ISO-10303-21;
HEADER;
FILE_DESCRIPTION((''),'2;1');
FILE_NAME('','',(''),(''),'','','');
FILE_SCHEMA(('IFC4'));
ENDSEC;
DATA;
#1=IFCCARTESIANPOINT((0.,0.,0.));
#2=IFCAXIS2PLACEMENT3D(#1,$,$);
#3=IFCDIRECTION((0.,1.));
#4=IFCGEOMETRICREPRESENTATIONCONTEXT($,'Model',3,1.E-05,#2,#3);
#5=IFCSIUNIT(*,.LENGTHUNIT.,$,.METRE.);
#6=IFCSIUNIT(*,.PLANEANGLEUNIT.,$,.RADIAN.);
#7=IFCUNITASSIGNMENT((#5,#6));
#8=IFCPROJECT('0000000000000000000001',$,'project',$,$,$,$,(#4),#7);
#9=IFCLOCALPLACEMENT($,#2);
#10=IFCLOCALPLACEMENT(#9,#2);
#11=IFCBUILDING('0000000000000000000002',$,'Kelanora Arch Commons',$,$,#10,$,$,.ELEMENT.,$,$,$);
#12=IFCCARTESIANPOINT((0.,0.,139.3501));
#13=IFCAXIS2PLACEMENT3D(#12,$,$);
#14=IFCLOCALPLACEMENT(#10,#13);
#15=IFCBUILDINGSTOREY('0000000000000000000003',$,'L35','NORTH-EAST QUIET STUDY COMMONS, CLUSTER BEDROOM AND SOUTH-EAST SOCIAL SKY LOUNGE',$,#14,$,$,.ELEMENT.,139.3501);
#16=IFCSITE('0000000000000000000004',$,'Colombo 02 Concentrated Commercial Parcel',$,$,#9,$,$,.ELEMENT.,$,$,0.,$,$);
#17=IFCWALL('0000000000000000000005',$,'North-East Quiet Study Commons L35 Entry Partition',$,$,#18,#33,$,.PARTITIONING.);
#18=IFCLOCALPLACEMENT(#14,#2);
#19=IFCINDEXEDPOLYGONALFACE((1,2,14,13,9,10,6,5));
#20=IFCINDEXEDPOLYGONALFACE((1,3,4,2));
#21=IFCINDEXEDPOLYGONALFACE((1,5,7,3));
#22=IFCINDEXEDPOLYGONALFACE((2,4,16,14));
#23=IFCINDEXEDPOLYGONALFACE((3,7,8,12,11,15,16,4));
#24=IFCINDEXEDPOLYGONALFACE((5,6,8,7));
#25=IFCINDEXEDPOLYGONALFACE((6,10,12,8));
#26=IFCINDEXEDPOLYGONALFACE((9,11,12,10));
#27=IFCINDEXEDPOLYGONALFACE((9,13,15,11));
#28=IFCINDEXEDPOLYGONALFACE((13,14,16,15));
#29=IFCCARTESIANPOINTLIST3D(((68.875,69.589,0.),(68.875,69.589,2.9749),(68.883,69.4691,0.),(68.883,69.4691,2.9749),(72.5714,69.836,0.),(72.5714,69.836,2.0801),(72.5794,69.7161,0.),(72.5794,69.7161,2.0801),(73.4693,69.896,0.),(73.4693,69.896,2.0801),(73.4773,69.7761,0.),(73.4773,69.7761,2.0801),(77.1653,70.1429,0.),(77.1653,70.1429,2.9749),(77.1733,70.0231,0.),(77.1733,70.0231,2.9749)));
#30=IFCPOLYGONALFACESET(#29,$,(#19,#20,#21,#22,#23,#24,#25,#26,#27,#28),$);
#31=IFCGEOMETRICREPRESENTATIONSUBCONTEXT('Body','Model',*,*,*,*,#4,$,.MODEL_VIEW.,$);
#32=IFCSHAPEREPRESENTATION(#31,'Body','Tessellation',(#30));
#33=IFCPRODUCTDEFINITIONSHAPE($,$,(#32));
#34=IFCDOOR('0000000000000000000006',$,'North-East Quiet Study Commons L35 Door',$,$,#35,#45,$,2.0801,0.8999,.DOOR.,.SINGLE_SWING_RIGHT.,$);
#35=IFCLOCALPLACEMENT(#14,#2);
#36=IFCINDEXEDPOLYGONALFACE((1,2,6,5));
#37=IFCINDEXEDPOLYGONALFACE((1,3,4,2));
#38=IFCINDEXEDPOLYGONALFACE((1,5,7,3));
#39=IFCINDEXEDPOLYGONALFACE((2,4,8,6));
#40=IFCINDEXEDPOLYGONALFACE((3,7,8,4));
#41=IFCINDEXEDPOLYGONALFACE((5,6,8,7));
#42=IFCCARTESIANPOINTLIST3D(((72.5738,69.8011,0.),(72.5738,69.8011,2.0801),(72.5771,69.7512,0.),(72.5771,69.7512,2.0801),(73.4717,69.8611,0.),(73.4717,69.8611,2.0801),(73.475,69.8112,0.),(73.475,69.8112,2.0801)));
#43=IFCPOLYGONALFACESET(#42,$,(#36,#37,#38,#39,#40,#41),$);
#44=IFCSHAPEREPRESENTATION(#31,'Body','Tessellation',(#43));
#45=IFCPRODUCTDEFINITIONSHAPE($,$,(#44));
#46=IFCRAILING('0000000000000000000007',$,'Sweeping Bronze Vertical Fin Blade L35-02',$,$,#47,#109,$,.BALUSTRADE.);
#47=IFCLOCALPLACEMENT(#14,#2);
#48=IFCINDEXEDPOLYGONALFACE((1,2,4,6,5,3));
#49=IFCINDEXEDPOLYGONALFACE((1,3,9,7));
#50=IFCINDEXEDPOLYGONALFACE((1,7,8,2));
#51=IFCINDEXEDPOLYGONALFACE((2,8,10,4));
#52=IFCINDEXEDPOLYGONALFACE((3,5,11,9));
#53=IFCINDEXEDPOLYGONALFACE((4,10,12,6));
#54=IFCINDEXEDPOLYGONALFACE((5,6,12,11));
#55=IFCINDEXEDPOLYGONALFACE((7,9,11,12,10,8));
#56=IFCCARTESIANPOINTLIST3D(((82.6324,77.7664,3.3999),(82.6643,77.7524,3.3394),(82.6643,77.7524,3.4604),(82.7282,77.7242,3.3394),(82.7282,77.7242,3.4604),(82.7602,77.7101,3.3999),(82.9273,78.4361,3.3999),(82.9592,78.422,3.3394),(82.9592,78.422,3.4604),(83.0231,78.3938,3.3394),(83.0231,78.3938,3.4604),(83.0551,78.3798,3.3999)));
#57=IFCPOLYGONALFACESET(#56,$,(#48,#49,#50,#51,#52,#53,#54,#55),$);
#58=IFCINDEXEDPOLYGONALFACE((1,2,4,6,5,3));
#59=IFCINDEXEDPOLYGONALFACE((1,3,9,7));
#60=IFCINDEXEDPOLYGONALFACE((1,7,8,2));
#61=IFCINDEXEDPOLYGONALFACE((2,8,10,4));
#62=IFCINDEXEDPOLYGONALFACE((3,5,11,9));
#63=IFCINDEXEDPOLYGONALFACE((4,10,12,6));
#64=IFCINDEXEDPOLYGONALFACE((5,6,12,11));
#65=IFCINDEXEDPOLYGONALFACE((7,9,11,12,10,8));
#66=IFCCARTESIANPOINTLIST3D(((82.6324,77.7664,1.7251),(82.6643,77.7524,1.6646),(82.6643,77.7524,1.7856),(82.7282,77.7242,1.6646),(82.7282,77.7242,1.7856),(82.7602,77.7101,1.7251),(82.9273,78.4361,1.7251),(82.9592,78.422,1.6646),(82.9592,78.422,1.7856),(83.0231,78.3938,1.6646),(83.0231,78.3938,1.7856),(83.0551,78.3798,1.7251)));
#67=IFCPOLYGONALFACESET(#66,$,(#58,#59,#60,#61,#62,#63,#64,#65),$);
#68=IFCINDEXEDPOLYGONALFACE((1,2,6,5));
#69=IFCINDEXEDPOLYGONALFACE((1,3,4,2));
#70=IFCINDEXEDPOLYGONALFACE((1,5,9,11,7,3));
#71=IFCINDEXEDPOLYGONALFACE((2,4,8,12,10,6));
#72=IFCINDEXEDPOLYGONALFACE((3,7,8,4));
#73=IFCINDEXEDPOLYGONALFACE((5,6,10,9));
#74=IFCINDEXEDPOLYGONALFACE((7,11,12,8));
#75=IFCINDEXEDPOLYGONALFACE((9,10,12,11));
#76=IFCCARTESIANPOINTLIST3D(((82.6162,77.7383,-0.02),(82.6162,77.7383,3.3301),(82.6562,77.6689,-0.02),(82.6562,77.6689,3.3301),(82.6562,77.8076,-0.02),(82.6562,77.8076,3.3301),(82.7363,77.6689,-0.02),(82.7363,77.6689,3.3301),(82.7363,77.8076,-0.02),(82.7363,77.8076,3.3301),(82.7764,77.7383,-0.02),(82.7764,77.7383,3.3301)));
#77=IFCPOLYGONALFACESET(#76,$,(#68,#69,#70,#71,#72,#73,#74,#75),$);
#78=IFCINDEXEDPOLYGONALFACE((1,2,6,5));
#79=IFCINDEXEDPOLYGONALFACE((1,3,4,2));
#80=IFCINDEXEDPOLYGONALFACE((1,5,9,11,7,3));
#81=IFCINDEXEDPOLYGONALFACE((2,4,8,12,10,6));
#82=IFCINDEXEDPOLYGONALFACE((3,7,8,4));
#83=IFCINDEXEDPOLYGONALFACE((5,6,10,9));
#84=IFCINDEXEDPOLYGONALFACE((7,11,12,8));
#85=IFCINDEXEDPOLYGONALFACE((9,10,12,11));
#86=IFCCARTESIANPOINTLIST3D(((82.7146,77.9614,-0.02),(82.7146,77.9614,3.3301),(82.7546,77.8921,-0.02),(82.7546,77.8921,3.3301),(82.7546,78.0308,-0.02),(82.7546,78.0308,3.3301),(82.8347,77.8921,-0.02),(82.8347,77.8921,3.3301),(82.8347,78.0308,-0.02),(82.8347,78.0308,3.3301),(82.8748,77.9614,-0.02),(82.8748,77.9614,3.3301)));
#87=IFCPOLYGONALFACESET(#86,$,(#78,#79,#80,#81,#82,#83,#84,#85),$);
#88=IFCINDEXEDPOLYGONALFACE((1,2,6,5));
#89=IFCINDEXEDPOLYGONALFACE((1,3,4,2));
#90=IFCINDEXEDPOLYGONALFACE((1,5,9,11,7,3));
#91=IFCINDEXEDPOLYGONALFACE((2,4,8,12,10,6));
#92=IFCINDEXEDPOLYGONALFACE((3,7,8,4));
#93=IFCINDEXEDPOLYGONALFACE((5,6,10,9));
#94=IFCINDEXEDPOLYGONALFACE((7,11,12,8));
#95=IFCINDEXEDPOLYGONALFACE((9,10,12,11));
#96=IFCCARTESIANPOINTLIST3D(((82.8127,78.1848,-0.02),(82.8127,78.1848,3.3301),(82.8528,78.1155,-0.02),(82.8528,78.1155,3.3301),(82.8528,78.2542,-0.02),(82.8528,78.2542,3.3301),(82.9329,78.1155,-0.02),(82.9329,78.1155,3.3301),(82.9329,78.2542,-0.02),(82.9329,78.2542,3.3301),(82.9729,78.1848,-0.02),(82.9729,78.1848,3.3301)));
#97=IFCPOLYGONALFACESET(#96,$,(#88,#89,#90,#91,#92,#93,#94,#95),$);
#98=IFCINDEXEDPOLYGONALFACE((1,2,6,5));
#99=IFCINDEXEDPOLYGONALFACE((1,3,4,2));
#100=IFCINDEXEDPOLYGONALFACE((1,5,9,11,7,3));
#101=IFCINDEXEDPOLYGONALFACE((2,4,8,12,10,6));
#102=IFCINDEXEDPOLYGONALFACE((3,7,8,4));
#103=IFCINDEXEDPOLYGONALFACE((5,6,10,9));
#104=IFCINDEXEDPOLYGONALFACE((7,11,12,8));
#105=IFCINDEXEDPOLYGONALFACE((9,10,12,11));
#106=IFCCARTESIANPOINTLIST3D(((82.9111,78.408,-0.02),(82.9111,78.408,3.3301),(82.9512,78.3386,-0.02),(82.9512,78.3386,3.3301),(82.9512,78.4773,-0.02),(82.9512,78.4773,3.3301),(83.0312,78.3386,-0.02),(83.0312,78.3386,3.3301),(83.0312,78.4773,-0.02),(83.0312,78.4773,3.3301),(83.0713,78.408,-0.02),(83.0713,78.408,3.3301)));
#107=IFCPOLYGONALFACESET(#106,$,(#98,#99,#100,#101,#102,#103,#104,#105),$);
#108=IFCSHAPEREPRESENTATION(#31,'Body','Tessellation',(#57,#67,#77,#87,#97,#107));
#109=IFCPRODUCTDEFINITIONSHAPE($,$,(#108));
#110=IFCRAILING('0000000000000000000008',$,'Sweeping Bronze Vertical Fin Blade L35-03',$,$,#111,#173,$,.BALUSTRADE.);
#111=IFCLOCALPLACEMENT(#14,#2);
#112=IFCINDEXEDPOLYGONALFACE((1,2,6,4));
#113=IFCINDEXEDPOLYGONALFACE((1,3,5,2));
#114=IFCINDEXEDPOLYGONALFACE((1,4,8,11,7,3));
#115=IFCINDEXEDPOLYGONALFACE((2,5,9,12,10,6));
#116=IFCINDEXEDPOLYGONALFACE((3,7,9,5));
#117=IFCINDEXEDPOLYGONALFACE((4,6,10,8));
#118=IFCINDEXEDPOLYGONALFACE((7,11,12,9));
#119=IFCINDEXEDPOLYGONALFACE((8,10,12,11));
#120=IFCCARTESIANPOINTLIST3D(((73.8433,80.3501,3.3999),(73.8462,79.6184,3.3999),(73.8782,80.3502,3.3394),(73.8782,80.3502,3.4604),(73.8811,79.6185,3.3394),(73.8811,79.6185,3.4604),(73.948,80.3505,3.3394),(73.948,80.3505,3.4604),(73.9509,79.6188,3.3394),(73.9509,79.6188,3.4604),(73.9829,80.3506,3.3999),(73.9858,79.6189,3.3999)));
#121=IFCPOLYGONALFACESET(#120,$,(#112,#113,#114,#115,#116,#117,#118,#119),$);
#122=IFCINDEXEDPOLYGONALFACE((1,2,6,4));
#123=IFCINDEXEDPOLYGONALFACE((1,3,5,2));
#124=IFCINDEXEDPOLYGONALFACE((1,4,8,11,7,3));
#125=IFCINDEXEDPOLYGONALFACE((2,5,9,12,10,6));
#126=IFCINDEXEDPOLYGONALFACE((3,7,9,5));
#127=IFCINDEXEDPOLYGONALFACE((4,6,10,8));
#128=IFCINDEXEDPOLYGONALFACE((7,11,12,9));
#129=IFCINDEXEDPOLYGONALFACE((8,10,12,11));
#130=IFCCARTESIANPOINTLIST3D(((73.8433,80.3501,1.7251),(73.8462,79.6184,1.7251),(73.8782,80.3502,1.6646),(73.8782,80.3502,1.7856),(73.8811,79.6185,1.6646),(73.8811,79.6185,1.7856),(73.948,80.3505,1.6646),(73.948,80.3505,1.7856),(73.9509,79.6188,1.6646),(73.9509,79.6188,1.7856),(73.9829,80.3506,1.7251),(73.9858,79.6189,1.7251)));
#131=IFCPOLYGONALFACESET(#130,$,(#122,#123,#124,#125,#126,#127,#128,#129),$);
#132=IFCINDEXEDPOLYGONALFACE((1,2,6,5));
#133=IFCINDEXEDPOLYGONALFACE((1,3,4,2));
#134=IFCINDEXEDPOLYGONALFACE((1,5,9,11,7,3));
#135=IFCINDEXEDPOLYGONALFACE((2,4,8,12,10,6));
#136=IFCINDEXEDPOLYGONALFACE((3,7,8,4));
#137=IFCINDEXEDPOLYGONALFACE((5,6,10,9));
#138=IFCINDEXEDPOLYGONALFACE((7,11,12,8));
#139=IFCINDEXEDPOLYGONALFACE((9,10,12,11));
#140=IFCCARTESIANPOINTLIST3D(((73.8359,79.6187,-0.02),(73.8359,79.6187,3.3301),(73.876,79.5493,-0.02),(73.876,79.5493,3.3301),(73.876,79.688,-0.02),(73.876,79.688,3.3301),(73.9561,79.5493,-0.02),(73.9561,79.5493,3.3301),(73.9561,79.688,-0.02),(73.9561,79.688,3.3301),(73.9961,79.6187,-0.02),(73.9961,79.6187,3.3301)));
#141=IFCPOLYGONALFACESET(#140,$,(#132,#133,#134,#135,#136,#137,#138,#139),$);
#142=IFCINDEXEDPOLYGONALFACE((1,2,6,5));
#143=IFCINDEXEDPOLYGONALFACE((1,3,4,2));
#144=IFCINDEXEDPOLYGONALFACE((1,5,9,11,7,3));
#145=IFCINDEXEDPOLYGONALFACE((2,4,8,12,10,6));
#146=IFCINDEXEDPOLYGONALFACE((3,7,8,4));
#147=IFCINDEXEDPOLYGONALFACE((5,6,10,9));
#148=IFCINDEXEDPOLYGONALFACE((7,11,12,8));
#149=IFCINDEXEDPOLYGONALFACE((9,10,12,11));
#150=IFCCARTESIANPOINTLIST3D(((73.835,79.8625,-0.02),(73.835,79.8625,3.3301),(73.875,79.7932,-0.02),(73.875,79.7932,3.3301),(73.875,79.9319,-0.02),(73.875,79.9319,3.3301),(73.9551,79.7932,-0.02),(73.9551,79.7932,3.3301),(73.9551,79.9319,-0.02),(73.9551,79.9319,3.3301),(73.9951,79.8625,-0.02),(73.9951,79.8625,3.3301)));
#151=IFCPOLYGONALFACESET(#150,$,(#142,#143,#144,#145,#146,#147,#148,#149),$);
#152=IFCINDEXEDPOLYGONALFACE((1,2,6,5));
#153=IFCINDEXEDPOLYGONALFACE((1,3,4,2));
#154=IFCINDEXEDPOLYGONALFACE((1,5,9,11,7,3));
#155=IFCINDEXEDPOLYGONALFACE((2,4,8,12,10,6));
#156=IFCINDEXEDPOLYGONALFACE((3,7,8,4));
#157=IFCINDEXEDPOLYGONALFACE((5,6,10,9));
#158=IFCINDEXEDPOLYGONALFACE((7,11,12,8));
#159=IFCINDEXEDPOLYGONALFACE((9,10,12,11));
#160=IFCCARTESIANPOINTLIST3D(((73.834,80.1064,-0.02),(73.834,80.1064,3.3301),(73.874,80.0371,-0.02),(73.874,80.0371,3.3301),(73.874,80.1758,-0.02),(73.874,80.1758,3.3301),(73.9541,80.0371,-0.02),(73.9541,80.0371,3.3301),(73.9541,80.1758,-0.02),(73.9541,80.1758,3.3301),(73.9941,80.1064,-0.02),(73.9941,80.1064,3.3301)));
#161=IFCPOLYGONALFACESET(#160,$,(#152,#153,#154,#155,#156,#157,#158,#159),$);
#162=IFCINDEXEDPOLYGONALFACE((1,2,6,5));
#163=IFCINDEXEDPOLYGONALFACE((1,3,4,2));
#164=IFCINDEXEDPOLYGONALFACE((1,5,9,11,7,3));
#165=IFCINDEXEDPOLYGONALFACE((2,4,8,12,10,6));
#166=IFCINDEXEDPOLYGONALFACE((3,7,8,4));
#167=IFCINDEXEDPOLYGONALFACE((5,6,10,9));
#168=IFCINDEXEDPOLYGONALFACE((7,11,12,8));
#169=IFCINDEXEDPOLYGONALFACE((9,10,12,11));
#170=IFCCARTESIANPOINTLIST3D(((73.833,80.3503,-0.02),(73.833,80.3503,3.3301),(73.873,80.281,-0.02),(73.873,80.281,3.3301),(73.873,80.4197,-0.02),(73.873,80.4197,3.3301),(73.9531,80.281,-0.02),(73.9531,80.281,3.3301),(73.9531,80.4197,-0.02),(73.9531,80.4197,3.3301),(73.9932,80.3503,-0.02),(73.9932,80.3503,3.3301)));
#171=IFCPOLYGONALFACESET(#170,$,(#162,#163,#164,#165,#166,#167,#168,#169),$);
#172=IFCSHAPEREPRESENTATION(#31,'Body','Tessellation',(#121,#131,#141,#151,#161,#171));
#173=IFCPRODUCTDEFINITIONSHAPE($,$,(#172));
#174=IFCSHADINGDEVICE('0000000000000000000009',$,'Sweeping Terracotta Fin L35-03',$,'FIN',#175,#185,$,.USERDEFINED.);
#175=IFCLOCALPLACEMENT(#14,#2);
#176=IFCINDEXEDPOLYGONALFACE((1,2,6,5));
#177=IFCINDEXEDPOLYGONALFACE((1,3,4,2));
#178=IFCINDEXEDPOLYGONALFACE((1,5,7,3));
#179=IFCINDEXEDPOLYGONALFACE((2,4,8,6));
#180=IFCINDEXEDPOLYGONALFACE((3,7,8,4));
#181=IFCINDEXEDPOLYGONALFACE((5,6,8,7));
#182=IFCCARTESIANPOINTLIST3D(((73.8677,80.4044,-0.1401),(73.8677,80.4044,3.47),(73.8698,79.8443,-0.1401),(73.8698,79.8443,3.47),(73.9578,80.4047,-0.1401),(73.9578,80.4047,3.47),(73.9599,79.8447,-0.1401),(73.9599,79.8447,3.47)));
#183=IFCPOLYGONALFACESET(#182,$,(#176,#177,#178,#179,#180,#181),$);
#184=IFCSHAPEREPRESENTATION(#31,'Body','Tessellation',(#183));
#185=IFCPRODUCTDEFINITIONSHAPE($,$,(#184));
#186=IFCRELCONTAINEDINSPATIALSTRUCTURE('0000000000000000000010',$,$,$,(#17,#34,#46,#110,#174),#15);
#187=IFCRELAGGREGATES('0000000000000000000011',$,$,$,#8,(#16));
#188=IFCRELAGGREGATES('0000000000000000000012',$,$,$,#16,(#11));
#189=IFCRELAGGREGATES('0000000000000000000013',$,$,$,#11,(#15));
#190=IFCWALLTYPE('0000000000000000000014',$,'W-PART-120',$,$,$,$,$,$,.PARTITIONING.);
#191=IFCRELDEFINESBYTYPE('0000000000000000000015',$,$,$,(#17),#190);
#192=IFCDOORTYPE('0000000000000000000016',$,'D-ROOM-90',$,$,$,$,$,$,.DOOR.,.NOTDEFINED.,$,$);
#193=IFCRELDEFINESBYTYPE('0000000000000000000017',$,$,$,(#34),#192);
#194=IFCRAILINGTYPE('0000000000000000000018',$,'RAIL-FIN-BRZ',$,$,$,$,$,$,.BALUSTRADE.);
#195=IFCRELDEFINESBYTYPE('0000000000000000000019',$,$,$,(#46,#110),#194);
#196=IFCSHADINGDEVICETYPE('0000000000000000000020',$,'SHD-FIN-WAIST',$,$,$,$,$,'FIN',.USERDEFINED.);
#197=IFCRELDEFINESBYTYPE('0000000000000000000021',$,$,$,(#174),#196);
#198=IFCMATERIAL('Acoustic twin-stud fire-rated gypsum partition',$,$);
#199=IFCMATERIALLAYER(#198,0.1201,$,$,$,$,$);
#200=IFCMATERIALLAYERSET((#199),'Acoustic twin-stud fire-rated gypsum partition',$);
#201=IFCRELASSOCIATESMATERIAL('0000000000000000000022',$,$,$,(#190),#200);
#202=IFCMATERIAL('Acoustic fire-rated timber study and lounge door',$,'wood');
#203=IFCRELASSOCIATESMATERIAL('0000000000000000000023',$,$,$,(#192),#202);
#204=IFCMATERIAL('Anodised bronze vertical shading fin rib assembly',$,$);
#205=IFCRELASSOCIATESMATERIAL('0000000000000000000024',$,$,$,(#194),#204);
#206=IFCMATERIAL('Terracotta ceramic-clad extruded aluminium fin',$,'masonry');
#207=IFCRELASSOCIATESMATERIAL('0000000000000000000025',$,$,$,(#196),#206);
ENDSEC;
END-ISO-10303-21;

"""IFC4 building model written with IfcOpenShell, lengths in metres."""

from ifc_helpers import new_model, si_unit, direction, frame, frame_2d, origin, origin_2d, place, context, subcontext, project, spatial, polyline, rectangle, outline, extrude, source, transform, mapped, material, layer, layer_set, type_object, element, fill, save


model = new_model("IFC4")

# Units and contexts
model_context = context("Model", 3, precision=1e-05, world=origin(), true_north=direction((0.0, 1.0)))
body_context = subcontext(model_context, "Body", "Model", "MODEL_VIEW")
ifc_project = project(units=[si_unit("LENGTHUNIT", "METRE"), si_unit("PLANEANGLEUNIT", "RADIAN")], contexts=[model_context])

# Site, building, storey
site_placement = place(None, origin())
site = spatial("IfcSite", under=ifc_project, at=site_placement, Name="Colombo 02 Concentrated Commercial Parcel", CompositionType="ELEMENT", RefElevation=0.0)
building_placement = place(site_placement, origin())
building = spatial("IfcBuilding", under=site, at=building_placement, Name="Kelanora Arch Commons", CompositionType="ELEMENT")
storey_placement = place(building_placement, frame((0.0, 0.0, 139.3501)))
storey = spatial("IfcBuildingStorey", under=building, at=storey_placement, Name="L35", Description="NORTH-EAST QUIET STUDY COMMONS, CLUSTER BEDROOM AND SOUTH-EAST SOCIAL SKY LOUNGE", CompositionType="ELEMENT", Elevation=139.3501)

# Wall, opening, door
ifc_material_1 = material(Name="Acoustic twin-stud fire-rated gypsum partition")
ifc_layer_1 = layer(ifc_material_1, 0.1201)
ifc_layer_set_1 = layer_set([ifc_layer_1], Name="Acoustic twin-stud fire-rated gypsum partition")
wall_type_1 = type_object("IfcWallType", Name="W-PART-120", PredefinedType="PARTITIONING", material=ifc_layer_set_1)
wall_1_placement = place(storey_placement, frame((77.1692, 70.083, 0.0), z_axis=(0.0, 0.0, 1.0), x_axis=(-0.997775, -0.066671, 0.0)))
wall_1 = element("IfcWall", 1, at=wall_1_placement, inside=storey, type_object=wall_type_1, Name="North-East Quiet Study Commons L35 Entry Partition", PredefinedType="PARTITIONING", context=body_context, shape_type="SweptSolid", body=[
    extrude(rectangle(XDim=8.3088, YDim=0.1201, at=frame_2d((4.1543, 0.0))), origin(), (0.0, 0.0, 1.0), 2.9749),
])
opening_1_placement = place(wall_1_placement, frame((3.7041, 0.0, 0.0)))
opening_1 = element("IfcOpeningElement", 2, at=opening_1_placement, cuts=wall_1, PredefinedType="OPENING", context=body_context, shape_type="SweptSolid", body=[
    extrude(rectangle(XDim=0.8999, YDim=2.0801, at=frame_2d((0.45, 1.04))), frame((0.0, 0.0701, 0.0), z_axis=(0.0, -1.0, 0.0), x_axis=(1.0, 0.0, 0.0)), (0.0, 0.0, 1.0), 0.1401),
])
ifc_material_2 = material(Name="Acoustic fire-rated timber study and lounge door", Category="wood")
door_type = type_object("IfcDoorType", Name="D-ROOM-90", OperationType="NOTDEFINED", PredefinedType="DOOR", material=ifc_material_2)
door_placement = place(opening_1_placement, origin())
door = element("IfcDoor", 3, at=door_placement, inside=storey, type_object=door_type, Name="North-East Quiet Study Commons L35 Door", OperationType="SINGLE_SWING_RIGHT", OverallHeight=2.0801, OverallWidth=0.8999, PredefinedType="DOOR", context=body_context, shape_type="SweptSolid", body=[
    extrude(rectangle(XDim=0.8999, YDim=2.0801, at=frame_2d((0.45, 1.04))), frame((0.0, 0.0249, 0.0), z_axis=(0.0, -1.0, 0.0), x_axis=(1.0, 0.0, 0.0)), (0.0, 0.0, 1.0), 0.05),
])
fill(opening_1, door)

# Railings
ifc_material_3 = material(Name="Anodised bronze vertical shading fin rib assembly")
railing_type = type_object("IfcRailingType", Name="RAIL-FIN-BRZ", PredefinedType="BALUSTRADE", material=ifc_material_3)
railing_1_placement = place(storey_placement, frame((82.6963, 77.7383, -0.02)))
element("IfcRailing", 4, at=railing_1_placement, inside=storey, type_object=railing_type, Name="Sweeping Bronze Vertical Fin Blade L35-02", PredefinedType="BALUSTRADE", context=body_context, shape_type="SweptSolid", body=[
    extrude(outline(polyline([(0.0698, 0.0), (0.0349, 0.0605), (-0.0349, 0.0605), (-0.0698, 0.0), (-0.0349, -0.0605), (0.0349, -0.0605), (0.0698, 0.0)])), frame((0.0, 0.0, 3.4199), z_axis=(0.40304, 0.915182, 0.0), x_axis=(-0.915182, 0.40304, 0.0)), (0.0, 0.0, 1.0), 0.7317),
    extrude(outline(polyline([(0.0698, 0.0), (0.0349, 0.0605), (-0.0349, 0.0605), (-0.0698, 0.0), (-0.0349, -0.0605), (0.0349, -0.0605), (0.0698, 0.0)])), frame((0.0, 0.0, 1.7451), z_axis=(0.40304, 0.915182, 0.0), x_axis=(-0.915182, 0.40304, 0.0)), (0.0, 0.0, 1.0), 0.7317),
    extrude(outline(polyline([(0.0801, 0.0), (0.04, 0.0693), (-0.04, 0.0693), (-0.0801, 0.0), (-0.04, -0.0693), (0.04, -0.0693), (0.0801, 0.0)])), origin(), (0.0, 0.0, 1.0), 3.3501),
    extrude(outline(polyline([(0.0801, 0.0), (0.04, 0.0693), (-0.04, 0.0693), (-0.0801, 0.0), (-0.04, -0.0693), (0.04, -0.0693), (0.0801, 0.0)])), frame((0.0984, 0.2231, 0.0)), (0.0, 0.0, 1.0), 3.3501),
    extrude(outline(polyline([(0.0801, 0.0), (0.04, 0.0693), (-0.04, 0.0693), (-0.0801, 0.0), (-0.04, -0.0693), (0.04, -0.0693), (0.0801, 0.0)])), frame((0.1965, 0.4465, 0.0)), (0.0, 0.0, 1.0), 3.3501),
    extrude(outline(polyline([(0.0801, 0.0), (0.04, 0.0693), (-0.04, 0.0693), (-0.0801, 0.0), (-0.04, -0.0693), (0.04, -0.0693), (0.0801, 0.0)])), frame((0.2949, 0.6697, 0.0)), (0.0, 0.0, 1.0), 3.3501),
])
railing_2_placement = place(storey_placement, frame((73.916, 79.6187, -0.02)))
element("IfcRailing", 5, at=railing_2_placement, inside=storey, type_object=railing_type, Name="Sweeping Bronze Vertical Fin Blade L35-03", PredefinedType="BALUSTRADE", context=body_context, shape_type="SweptSolid", body=[
    extrude(outline(polyline([(0.0698, 0.0), (0.0349, 0.0605), (-0.0349, 0.0605), (-0.0698, 0.0), (-0.0349, -0.0605), (0.0349, -0.0605), (0.0698, 0.0)])), frame((0.0, 0.0, 3.4199), z_axis=(-0.004004, 0.999992, 0.0), x_axis=(-0.999992, -0.004004, 0.0)), (0.0, 0.0, 1.0), 0.7317),
    extrude(outline(polyline([(0.0698, 0.0), (0.0349, 0.0605), (-0.0349, 0.0605), (-0.0698, 0.0), (-0.0349, -0.0605), (0.0349, -0.0605), (0.0698, 0.0)])), frame((0.0, 0.0, 1.7451), z_axis=(-0.004004, 0.999992, 0.0), x_axis=(-0.999992, -0.004004, 0.0)), (0.0, 0.0, 1.0), 0.7317),
    extrude(outline(polyline([(0.0801, 0.0), (0.04, 0.0693), (-0.04, 0.0693), (-0.0801, 0.0), (-0.04, -0.0693), (0.04, -0.0693), (0.0801, 0.0)])), origin(), (0.0, 0.0, 1.0), 3.3501),
    extrude(outline(polyline([(0.0801, 0.0), (0.04, 0.0693), (-0.04, 0.0693), (-0.0801, 0.0), (-0.04, -0.0693), (0.04, -0.0693), (0.0801, 0.0)])), frame((-0.001, 0.2439, 0.0)), (0.0, 0.0, 1.0), 3.3501),
    extrude(outline(polyline([(0.0801, 0.0), (0.04, 0.0693), (-0.04, 0.0693), (-0.0801, 0.0), (-0.04, -0.0693), (0.04, -0.0693), (0.0801, 0.0)])), frame((-0.002, 0.4878, 0.0)), (0.0, 0.0, 1.0), 3.3501),
    extrude(outline(polyline([(0.0801, 0.0), (0.04, 0.0693), (-0.04, 0.0693), (-0.0801, 0.0), (-0.04, -0.0693), (0.04, -0.0693), (0.0801, 0.0)])), frame((-0.0029, 0.7317, 0.0)), (0.0, 0.0, 1.0), 3.3501),
])

# Shading device
ifc_material_4 = material(Name="Terracotta ceramic-clad extruded aluminium fin", Category="masonry")
shading_device_type = type_object("IfcShadingDeviceType", Name="SHD-FIN-WAIST", ElementType="FIN", PredefinedType="USERDEFINED", material=ifc_material_4)
shared_shape_1 = source(origin(), body_context, "Body", "SweptSolid", [
    extrude(rectangle(XDim=0.5601, YDim=0.0901, at=origin_2d()), origin(), (0.0, 0.0, 1.0), 3.6101),
])
shading_device_placement = place(storey_placement, frame((73.9138, 80.1245, -0.1401), z_axis=(0.0, 0.0, 1.0), x_axis=(-0.00384, 0.999993, 0.0)))
element("IfcShadingDevice", 6, at=shading_device_placement, inside=storey, type_object=shading_device_type, Name="Sweeping Terracotta Fin L35-03", ObjectType="FIN", PredefinedType="USERDEFINED", context=body_context, shape_type="MappedRepresentation", body=[
    mapped(shared_shape_1, transform((0.0, 0.0, 0.0), scale=1.0)),
])

save(model, "model.ifc")
